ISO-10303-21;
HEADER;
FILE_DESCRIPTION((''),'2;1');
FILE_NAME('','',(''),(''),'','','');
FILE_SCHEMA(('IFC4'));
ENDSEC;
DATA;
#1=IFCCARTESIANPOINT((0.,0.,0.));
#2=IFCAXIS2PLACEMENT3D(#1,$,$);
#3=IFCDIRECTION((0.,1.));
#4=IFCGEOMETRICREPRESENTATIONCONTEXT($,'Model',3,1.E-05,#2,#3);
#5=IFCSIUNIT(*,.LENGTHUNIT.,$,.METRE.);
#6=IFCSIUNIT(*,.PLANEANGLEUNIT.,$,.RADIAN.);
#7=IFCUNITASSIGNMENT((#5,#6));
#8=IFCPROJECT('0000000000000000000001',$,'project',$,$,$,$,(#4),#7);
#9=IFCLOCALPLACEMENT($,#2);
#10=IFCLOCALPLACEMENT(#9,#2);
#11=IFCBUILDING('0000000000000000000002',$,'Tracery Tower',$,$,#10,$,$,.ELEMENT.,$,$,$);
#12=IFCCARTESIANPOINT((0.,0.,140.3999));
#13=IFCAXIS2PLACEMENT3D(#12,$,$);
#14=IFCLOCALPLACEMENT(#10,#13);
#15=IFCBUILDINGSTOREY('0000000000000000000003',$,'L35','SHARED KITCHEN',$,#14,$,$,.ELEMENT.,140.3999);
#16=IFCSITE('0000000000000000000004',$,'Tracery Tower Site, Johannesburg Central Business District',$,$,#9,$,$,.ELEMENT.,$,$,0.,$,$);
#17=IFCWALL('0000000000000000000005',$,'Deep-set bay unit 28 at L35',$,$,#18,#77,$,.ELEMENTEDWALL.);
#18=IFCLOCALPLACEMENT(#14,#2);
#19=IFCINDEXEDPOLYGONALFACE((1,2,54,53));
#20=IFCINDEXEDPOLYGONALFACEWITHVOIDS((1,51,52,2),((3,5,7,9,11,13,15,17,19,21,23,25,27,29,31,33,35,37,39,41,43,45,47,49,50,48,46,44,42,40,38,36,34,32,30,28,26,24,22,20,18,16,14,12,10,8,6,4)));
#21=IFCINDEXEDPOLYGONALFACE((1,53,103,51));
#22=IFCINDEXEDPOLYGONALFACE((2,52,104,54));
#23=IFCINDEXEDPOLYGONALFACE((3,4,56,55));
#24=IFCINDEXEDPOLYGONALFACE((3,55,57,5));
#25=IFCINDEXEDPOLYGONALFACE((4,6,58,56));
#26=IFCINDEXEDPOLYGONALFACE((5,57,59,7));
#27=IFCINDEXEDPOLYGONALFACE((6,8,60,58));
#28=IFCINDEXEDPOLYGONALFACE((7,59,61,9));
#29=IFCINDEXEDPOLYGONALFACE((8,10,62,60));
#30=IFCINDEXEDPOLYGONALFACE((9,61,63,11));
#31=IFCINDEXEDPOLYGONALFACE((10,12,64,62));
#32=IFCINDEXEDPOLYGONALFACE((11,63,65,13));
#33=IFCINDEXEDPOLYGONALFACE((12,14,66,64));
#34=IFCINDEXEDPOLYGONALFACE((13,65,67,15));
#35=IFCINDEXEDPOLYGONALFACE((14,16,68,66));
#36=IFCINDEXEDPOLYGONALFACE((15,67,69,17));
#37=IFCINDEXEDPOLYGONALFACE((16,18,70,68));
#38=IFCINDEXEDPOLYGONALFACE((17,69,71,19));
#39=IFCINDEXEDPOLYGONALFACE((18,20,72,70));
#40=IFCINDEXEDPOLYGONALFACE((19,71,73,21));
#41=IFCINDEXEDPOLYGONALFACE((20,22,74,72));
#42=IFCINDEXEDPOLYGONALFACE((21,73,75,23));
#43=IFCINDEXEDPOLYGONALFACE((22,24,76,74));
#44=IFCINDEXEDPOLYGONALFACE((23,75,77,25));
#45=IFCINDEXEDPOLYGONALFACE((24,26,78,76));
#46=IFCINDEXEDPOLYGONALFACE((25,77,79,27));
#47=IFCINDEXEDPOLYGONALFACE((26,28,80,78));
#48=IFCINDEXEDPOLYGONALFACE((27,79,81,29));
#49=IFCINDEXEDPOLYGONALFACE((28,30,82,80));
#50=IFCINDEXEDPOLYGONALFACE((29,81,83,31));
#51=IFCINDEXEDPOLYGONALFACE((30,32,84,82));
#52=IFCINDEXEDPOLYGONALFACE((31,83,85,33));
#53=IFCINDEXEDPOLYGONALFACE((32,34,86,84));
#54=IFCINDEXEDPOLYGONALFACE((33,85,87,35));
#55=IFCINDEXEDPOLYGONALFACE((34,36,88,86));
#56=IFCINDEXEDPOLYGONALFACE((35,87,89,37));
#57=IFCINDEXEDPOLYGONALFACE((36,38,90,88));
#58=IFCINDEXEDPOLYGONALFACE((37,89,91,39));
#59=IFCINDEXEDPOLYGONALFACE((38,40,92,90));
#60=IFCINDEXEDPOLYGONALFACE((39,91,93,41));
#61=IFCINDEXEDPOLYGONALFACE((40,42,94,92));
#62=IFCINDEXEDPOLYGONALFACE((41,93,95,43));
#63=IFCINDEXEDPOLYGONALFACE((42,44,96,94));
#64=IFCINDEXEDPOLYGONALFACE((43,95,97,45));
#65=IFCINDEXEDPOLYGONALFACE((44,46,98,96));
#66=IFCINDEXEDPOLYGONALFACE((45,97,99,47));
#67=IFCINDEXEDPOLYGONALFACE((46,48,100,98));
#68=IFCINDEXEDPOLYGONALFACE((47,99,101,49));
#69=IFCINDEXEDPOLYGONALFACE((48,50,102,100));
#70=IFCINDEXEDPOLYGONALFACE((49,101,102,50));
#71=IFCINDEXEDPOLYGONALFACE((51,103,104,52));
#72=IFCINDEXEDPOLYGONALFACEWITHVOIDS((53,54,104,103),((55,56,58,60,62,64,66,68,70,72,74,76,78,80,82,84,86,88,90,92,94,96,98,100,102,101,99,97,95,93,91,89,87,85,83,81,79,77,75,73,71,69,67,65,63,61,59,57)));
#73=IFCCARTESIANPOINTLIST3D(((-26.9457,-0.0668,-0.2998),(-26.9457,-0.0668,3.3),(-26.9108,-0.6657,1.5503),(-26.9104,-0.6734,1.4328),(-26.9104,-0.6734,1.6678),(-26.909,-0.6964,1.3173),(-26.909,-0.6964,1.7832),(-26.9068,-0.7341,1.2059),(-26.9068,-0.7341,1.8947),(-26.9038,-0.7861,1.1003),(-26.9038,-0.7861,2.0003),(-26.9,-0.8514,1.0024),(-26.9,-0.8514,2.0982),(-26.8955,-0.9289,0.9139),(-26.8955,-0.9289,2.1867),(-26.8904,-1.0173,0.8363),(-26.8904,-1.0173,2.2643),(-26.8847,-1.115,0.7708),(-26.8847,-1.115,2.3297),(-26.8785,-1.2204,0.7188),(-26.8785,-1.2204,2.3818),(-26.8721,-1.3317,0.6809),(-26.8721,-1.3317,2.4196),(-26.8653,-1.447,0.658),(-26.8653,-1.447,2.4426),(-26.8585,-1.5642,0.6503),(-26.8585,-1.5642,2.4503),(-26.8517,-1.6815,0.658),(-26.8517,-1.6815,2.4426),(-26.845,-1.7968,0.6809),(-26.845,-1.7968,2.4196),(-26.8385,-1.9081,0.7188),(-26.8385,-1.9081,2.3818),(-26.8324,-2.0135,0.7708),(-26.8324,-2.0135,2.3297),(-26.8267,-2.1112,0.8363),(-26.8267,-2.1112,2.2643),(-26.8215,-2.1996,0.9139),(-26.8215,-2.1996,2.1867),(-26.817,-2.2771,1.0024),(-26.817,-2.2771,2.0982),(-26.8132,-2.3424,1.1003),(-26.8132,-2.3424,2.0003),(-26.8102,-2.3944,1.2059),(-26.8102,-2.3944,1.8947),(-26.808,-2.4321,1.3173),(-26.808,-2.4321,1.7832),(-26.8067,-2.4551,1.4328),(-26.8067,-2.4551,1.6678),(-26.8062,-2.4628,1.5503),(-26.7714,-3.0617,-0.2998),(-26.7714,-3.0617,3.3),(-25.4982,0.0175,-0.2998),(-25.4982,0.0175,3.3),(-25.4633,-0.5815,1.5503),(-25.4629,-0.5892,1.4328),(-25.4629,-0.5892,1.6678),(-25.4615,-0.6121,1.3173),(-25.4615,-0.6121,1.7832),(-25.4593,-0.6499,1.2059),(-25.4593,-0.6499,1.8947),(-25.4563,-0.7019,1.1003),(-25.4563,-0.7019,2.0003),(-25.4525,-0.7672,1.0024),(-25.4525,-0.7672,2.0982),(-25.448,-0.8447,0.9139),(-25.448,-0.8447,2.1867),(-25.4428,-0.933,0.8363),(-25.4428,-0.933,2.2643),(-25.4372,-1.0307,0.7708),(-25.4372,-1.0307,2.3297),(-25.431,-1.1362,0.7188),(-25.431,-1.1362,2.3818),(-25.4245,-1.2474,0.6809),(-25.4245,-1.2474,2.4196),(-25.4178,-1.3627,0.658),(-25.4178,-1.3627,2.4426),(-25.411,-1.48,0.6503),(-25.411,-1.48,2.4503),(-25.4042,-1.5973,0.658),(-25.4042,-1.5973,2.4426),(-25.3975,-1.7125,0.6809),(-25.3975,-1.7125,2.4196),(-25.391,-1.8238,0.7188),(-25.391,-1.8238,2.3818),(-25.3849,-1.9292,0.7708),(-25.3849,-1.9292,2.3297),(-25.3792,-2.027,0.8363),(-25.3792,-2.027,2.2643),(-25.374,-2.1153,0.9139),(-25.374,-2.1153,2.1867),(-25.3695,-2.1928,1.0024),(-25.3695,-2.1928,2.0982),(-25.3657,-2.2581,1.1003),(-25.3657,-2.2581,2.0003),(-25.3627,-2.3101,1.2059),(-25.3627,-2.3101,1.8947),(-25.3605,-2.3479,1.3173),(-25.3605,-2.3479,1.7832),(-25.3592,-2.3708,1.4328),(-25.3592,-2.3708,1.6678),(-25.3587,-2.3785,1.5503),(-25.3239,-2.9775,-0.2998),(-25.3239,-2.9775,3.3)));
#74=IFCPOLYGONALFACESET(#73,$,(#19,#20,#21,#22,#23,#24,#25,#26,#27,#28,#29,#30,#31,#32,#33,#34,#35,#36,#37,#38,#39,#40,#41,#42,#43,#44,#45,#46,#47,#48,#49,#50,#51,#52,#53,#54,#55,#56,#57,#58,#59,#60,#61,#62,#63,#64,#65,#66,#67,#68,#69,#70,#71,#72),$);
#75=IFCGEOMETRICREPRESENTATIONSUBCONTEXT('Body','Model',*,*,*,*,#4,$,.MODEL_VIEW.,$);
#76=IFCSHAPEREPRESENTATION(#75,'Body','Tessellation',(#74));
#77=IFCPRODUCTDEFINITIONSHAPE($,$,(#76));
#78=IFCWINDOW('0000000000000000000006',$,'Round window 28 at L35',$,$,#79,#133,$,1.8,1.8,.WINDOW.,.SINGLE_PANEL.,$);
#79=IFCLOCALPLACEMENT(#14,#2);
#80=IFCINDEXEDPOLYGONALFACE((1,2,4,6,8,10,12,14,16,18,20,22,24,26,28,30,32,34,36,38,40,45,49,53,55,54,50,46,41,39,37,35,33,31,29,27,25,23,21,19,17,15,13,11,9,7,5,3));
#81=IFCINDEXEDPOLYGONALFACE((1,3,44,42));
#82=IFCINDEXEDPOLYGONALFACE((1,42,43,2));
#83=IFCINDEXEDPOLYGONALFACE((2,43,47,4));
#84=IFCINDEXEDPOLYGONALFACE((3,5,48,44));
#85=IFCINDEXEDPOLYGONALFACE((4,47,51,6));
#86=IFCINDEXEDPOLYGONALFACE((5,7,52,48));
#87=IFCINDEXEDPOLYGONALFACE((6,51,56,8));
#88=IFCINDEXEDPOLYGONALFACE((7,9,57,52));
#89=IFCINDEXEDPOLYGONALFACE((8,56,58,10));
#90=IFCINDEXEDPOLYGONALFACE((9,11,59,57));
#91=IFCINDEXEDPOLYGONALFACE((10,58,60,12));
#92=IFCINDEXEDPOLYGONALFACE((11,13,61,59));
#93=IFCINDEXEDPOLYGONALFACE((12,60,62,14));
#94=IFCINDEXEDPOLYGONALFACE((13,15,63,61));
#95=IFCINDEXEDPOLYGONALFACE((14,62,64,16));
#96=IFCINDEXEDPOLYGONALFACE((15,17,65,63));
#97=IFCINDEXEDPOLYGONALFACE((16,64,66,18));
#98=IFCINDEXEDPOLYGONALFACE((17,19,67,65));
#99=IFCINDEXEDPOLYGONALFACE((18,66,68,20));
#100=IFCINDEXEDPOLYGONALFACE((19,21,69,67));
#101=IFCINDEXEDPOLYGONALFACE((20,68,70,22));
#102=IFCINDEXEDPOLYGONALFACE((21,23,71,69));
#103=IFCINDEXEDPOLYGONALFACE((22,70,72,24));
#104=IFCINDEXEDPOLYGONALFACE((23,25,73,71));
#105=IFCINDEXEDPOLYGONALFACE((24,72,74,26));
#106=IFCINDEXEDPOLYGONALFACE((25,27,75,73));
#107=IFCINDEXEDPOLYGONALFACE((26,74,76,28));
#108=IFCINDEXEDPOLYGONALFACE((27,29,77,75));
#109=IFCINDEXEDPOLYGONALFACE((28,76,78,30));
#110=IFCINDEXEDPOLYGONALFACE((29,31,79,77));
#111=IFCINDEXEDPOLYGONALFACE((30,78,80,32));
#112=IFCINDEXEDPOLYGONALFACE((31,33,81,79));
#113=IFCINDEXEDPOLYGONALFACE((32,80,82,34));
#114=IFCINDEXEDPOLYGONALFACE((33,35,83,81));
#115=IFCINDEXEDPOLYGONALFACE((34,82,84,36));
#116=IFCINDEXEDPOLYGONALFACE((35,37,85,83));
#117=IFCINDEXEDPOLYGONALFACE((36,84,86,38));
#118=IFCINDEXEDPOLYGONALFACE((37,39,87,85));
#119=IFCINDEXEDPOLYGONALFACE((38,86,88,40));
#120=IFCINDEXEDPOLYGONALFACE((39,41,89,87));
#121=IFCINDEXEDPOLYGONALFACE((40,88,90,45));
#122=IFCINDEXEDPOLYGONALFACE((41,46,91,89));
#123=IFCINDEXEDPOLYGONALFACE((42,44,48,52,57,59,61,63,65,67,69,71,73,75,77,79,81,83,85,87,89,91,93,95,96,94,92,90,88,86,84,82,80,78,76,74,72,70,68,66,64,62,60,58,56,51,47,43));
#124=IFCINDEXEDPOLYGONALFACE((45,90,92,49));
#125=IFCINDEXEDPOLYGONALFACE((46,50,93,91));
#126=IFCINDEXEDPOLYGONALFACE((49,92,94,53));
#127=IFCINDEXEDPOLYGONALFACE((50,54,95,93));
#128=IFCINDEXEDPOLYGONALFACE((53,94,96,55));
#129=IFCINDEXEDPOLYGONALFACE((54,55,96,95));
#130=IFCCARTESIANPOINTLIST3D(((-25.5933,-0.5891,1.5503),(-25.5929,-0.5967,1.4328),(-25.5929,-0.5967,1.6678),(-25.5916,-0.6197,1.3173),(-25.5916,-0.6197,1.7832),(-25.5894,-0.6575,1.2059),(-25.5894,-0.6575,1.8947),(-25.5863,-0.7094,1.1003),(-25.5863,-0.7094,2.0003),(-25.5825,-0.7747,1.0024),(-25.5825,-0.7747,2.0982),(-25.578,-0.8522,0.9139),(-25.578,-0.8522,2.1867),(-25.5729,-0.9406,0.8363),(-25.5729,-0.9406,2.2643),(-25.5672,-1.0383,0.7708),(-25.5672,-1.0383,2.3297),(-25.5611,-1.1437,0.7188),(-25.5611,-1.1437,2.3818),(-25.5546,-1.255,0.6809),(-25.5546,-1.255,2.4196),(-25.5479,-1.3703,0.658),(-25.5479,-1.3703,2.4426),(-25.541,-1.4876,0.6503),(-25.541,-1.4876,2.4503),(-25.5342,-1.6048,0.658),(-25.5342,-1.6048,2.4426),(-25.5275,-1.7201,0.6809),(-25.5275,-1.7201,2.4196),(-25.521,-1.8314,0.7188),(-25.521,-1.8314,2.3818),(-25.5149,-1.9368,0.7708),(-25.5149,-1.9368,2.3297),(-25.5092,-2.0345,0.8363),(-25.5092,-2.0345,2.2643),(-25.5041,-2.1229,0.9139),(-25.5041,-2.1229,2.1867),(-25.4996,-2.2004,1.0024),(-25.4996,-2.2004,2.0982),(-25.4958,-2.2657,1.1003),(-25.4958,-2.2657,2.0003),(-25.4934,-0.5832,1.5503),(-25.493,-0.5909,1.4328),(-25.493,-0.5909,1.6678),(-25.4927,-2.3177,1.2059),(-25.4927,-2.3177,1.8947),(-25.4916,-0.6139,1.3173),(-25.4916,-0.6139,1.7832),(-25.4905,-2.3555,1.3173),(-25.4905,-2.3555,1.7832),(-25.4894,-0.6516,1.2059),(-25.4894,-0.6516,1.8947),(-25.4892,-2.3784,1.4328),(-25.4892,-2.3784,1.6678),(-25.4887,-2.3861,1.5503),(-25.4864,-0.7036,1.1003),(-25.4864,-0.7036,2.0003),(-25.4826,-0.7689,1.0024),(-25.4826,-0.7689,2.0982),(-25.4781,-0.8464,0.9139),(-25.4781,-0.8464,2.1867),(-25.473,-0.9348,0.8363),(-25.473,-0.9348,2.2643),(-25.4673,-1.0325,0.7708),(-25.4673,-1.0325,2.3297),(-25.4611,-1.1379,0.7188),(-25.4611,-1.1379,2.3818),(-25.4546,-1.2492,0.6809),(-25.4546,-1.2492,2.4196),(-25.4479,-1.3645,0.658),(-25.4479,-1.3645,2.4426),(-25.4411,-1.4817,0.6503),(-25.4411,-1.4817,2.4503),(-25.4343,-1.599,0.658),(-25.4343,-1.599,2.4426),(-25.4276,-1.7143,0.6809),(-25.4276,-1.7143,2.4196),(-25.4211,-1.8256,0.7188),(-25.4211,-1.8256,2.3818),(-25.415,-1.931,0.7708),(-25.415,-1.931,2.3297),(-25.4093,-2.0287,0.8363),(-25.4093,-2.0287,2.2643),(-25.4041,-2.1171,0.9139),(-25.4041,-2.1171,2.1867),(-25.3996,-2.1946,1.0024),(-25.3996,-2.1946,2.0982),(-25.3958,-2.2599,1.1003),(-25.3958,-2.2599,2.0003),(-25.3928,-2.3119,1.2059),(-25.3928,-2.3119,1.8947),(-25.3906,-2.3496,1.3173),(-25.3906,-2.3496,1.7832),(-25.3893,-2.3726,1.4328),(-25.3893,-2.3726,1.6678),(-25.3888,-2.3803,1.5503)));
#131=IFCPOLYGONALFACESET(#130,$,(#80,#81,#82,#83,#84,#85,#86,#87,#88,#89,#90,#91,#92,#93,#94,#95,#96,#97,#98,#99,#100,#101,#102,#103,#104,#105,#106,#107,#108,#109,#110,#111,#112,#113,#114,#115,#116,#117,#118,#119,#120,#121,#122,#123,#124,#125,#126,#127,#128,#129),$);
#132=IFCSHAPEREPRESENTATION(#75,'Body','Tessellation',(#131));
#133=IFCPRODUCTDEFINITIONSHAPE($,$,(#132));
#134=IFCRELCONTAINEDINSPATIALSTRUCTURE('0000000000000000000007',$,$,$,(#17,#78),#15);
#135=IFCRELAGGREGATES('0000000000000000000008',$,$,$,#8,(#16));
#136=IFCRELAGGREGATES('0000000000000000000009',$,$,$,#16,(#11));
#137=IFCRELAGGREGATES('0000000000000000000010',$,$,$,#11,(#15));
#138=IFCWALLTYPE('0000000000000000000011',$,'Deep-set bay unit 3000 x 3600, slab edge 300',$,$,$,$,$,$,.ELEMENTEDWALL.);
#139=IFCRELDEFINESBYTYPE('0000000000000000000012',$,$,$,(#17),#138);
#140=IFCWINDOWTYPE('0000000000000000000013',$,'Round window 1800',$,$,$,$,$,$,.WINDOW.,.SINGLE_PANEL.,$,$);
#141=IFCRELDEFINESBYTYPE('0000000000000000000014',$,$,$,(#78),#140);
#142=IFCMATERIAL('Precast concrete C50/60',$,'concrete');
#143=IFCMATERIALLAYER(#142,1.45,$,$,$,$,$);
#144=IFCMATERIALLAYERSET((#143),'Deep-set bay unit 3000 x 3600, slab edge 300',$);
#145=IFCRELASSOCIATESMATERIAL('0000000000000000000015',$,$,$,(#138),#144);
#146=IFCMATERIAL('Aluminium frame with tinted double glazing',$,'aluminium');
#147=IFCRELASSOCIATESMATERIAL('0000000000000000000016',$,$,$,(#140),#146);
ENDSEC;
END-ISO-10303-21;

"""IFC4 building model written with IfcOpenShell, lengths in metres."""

from ifc_helpers import new_model, si_unit, direction, frame, frame_2d, origin, origin_2d, place, context, subcontext, project, spatial, rectangle, circle, extrude, material, layer, layer_set, type_object, element, fill, save


model = new_model("IFC4")

# Units and contexts
model_context = context("Model", 3, precision=1e-05, world=origin(), true_north=direction((0.0, 1.0)))
body_context = subcontext(model_context, "Body", "Model", "MODEL_VIEW")
ifc_project = project(units=[si_unit("LENGTHUNIT", "METRE"), si_unit("PLANEANGLEUNIT", "RADIAN")], contexts=[model_context])

# Site, building, storey
site_placement = place(None, origin())
site = spatial("IfcSite", under=ifc_project, at=site_placement, Name="Tracery Tower Site, Johannesburg Central Business District", CompositionType="ELEMENT", RefElevation=0.0)
building_placement = place(site_placement, origin())
building = spatial("IfcBuilding", under=site, at=building_placement, Name="Tracery Tower", CompositionType="ELEMENT")
storey_placement = place(building_placement, frame((0.0, 0.0, 140.3999)))
storey = spatial("IfcBuildingStorey", under=building, at=storey_placement, Name="L35", Description="SHARED KITCHEN", CompositionType="ELEMENT", Elevation=140.3999)

# Wall, opening, window
ifc_material_1 = material(Name="Precast concrete C50/60", Category="concrete")
ifc_layer_1 = layer(ifc_material_1, 1.45)
ifc_layer_set_1 = layer_set([ifc_layer_1], Name="Deep-set bay unit 3000 x 3600, slab edge 300")
wall_type_1 = type_object("IfcWallType", Name="Deep-set bay unit 3000 x 3600, slab edge 300", PredefinedType="ELEMENTEDWALL", material=ifc_layer_set_1)
wall_1_placement = place(storey_placement, frame((-26.2219, -0.0247, -0.2998), z_axis=(0.0, 0.0, 1.0), x_axis=(0.058107, -0.99831, 0.0)))
wall_1 = element("IfcWall", 1, at=wall_1_placement, inside=storey, type_object=wall_type_1, Name="Deep-set bay unit 28 at L35", PredefinedType="ELEMENTEDWALL", context=body_context, shape_type="SweptSolid", body=[
    extrude(rectangle(XDim=3.0, YDim=1.45, at=frame_2d((1.5, 0.0))), origin(), (0.0, 0.0, 1.0), 3.5999),
])
opening_1_placement = place(wall_1_placement, frame((1.5, 0.0, 1.8501)))
opening_1 = element("IfcOpeningElement", 2, at=opening_1_placement, cuts=wall_1, PredefinedType="OPENING", context=body_context, shape_type="SweptSolid", body=[
    extrude(circle(Radius=0.9, at=origin_2d()), frame((0.0, 0.7349, 0.0), z_axis=(0.0, -1.0, 0.0), x_axis=(1.0, 0.0, 0.0)), (0.0, 0.0, 1.0), 1.47),
])
ifc_material_2 = material(Name="Aluminium frame with tinted double glazing", Category="aluminium")
window_type = type_object("IfcWindowType", Name="Round window 1800", PartitioningType="SINGLE_PANEL", PredefinedType="WINDOW", material=ifc_material_2)
window_1_placement = place(opening_1_placement, origin())
window_1 = element("IfcWindow", 3, at=window_1_placement, inside=storey, type_object=window_type, Name="Round window 28 at L35", OverallHeight=1.8, OverallWidth=1.8, PartitioningType="SINGLE_PANEL", PredefinedType="WINDOW", context=body_context, shape_type="SweptSolid", body=[
    extrude(circle(Radius=0.9, at=origin_2d()), frame((0.0, 0.6948, 0.0), z_axis=(0.0, -1.0, 0.0), x_axis=(1.0, 0.0, 0.0)), (0.0, 0.0, 1.0), 0.1001),
])
fill(opening_1, window_1)

save(model, "model.ifc")
